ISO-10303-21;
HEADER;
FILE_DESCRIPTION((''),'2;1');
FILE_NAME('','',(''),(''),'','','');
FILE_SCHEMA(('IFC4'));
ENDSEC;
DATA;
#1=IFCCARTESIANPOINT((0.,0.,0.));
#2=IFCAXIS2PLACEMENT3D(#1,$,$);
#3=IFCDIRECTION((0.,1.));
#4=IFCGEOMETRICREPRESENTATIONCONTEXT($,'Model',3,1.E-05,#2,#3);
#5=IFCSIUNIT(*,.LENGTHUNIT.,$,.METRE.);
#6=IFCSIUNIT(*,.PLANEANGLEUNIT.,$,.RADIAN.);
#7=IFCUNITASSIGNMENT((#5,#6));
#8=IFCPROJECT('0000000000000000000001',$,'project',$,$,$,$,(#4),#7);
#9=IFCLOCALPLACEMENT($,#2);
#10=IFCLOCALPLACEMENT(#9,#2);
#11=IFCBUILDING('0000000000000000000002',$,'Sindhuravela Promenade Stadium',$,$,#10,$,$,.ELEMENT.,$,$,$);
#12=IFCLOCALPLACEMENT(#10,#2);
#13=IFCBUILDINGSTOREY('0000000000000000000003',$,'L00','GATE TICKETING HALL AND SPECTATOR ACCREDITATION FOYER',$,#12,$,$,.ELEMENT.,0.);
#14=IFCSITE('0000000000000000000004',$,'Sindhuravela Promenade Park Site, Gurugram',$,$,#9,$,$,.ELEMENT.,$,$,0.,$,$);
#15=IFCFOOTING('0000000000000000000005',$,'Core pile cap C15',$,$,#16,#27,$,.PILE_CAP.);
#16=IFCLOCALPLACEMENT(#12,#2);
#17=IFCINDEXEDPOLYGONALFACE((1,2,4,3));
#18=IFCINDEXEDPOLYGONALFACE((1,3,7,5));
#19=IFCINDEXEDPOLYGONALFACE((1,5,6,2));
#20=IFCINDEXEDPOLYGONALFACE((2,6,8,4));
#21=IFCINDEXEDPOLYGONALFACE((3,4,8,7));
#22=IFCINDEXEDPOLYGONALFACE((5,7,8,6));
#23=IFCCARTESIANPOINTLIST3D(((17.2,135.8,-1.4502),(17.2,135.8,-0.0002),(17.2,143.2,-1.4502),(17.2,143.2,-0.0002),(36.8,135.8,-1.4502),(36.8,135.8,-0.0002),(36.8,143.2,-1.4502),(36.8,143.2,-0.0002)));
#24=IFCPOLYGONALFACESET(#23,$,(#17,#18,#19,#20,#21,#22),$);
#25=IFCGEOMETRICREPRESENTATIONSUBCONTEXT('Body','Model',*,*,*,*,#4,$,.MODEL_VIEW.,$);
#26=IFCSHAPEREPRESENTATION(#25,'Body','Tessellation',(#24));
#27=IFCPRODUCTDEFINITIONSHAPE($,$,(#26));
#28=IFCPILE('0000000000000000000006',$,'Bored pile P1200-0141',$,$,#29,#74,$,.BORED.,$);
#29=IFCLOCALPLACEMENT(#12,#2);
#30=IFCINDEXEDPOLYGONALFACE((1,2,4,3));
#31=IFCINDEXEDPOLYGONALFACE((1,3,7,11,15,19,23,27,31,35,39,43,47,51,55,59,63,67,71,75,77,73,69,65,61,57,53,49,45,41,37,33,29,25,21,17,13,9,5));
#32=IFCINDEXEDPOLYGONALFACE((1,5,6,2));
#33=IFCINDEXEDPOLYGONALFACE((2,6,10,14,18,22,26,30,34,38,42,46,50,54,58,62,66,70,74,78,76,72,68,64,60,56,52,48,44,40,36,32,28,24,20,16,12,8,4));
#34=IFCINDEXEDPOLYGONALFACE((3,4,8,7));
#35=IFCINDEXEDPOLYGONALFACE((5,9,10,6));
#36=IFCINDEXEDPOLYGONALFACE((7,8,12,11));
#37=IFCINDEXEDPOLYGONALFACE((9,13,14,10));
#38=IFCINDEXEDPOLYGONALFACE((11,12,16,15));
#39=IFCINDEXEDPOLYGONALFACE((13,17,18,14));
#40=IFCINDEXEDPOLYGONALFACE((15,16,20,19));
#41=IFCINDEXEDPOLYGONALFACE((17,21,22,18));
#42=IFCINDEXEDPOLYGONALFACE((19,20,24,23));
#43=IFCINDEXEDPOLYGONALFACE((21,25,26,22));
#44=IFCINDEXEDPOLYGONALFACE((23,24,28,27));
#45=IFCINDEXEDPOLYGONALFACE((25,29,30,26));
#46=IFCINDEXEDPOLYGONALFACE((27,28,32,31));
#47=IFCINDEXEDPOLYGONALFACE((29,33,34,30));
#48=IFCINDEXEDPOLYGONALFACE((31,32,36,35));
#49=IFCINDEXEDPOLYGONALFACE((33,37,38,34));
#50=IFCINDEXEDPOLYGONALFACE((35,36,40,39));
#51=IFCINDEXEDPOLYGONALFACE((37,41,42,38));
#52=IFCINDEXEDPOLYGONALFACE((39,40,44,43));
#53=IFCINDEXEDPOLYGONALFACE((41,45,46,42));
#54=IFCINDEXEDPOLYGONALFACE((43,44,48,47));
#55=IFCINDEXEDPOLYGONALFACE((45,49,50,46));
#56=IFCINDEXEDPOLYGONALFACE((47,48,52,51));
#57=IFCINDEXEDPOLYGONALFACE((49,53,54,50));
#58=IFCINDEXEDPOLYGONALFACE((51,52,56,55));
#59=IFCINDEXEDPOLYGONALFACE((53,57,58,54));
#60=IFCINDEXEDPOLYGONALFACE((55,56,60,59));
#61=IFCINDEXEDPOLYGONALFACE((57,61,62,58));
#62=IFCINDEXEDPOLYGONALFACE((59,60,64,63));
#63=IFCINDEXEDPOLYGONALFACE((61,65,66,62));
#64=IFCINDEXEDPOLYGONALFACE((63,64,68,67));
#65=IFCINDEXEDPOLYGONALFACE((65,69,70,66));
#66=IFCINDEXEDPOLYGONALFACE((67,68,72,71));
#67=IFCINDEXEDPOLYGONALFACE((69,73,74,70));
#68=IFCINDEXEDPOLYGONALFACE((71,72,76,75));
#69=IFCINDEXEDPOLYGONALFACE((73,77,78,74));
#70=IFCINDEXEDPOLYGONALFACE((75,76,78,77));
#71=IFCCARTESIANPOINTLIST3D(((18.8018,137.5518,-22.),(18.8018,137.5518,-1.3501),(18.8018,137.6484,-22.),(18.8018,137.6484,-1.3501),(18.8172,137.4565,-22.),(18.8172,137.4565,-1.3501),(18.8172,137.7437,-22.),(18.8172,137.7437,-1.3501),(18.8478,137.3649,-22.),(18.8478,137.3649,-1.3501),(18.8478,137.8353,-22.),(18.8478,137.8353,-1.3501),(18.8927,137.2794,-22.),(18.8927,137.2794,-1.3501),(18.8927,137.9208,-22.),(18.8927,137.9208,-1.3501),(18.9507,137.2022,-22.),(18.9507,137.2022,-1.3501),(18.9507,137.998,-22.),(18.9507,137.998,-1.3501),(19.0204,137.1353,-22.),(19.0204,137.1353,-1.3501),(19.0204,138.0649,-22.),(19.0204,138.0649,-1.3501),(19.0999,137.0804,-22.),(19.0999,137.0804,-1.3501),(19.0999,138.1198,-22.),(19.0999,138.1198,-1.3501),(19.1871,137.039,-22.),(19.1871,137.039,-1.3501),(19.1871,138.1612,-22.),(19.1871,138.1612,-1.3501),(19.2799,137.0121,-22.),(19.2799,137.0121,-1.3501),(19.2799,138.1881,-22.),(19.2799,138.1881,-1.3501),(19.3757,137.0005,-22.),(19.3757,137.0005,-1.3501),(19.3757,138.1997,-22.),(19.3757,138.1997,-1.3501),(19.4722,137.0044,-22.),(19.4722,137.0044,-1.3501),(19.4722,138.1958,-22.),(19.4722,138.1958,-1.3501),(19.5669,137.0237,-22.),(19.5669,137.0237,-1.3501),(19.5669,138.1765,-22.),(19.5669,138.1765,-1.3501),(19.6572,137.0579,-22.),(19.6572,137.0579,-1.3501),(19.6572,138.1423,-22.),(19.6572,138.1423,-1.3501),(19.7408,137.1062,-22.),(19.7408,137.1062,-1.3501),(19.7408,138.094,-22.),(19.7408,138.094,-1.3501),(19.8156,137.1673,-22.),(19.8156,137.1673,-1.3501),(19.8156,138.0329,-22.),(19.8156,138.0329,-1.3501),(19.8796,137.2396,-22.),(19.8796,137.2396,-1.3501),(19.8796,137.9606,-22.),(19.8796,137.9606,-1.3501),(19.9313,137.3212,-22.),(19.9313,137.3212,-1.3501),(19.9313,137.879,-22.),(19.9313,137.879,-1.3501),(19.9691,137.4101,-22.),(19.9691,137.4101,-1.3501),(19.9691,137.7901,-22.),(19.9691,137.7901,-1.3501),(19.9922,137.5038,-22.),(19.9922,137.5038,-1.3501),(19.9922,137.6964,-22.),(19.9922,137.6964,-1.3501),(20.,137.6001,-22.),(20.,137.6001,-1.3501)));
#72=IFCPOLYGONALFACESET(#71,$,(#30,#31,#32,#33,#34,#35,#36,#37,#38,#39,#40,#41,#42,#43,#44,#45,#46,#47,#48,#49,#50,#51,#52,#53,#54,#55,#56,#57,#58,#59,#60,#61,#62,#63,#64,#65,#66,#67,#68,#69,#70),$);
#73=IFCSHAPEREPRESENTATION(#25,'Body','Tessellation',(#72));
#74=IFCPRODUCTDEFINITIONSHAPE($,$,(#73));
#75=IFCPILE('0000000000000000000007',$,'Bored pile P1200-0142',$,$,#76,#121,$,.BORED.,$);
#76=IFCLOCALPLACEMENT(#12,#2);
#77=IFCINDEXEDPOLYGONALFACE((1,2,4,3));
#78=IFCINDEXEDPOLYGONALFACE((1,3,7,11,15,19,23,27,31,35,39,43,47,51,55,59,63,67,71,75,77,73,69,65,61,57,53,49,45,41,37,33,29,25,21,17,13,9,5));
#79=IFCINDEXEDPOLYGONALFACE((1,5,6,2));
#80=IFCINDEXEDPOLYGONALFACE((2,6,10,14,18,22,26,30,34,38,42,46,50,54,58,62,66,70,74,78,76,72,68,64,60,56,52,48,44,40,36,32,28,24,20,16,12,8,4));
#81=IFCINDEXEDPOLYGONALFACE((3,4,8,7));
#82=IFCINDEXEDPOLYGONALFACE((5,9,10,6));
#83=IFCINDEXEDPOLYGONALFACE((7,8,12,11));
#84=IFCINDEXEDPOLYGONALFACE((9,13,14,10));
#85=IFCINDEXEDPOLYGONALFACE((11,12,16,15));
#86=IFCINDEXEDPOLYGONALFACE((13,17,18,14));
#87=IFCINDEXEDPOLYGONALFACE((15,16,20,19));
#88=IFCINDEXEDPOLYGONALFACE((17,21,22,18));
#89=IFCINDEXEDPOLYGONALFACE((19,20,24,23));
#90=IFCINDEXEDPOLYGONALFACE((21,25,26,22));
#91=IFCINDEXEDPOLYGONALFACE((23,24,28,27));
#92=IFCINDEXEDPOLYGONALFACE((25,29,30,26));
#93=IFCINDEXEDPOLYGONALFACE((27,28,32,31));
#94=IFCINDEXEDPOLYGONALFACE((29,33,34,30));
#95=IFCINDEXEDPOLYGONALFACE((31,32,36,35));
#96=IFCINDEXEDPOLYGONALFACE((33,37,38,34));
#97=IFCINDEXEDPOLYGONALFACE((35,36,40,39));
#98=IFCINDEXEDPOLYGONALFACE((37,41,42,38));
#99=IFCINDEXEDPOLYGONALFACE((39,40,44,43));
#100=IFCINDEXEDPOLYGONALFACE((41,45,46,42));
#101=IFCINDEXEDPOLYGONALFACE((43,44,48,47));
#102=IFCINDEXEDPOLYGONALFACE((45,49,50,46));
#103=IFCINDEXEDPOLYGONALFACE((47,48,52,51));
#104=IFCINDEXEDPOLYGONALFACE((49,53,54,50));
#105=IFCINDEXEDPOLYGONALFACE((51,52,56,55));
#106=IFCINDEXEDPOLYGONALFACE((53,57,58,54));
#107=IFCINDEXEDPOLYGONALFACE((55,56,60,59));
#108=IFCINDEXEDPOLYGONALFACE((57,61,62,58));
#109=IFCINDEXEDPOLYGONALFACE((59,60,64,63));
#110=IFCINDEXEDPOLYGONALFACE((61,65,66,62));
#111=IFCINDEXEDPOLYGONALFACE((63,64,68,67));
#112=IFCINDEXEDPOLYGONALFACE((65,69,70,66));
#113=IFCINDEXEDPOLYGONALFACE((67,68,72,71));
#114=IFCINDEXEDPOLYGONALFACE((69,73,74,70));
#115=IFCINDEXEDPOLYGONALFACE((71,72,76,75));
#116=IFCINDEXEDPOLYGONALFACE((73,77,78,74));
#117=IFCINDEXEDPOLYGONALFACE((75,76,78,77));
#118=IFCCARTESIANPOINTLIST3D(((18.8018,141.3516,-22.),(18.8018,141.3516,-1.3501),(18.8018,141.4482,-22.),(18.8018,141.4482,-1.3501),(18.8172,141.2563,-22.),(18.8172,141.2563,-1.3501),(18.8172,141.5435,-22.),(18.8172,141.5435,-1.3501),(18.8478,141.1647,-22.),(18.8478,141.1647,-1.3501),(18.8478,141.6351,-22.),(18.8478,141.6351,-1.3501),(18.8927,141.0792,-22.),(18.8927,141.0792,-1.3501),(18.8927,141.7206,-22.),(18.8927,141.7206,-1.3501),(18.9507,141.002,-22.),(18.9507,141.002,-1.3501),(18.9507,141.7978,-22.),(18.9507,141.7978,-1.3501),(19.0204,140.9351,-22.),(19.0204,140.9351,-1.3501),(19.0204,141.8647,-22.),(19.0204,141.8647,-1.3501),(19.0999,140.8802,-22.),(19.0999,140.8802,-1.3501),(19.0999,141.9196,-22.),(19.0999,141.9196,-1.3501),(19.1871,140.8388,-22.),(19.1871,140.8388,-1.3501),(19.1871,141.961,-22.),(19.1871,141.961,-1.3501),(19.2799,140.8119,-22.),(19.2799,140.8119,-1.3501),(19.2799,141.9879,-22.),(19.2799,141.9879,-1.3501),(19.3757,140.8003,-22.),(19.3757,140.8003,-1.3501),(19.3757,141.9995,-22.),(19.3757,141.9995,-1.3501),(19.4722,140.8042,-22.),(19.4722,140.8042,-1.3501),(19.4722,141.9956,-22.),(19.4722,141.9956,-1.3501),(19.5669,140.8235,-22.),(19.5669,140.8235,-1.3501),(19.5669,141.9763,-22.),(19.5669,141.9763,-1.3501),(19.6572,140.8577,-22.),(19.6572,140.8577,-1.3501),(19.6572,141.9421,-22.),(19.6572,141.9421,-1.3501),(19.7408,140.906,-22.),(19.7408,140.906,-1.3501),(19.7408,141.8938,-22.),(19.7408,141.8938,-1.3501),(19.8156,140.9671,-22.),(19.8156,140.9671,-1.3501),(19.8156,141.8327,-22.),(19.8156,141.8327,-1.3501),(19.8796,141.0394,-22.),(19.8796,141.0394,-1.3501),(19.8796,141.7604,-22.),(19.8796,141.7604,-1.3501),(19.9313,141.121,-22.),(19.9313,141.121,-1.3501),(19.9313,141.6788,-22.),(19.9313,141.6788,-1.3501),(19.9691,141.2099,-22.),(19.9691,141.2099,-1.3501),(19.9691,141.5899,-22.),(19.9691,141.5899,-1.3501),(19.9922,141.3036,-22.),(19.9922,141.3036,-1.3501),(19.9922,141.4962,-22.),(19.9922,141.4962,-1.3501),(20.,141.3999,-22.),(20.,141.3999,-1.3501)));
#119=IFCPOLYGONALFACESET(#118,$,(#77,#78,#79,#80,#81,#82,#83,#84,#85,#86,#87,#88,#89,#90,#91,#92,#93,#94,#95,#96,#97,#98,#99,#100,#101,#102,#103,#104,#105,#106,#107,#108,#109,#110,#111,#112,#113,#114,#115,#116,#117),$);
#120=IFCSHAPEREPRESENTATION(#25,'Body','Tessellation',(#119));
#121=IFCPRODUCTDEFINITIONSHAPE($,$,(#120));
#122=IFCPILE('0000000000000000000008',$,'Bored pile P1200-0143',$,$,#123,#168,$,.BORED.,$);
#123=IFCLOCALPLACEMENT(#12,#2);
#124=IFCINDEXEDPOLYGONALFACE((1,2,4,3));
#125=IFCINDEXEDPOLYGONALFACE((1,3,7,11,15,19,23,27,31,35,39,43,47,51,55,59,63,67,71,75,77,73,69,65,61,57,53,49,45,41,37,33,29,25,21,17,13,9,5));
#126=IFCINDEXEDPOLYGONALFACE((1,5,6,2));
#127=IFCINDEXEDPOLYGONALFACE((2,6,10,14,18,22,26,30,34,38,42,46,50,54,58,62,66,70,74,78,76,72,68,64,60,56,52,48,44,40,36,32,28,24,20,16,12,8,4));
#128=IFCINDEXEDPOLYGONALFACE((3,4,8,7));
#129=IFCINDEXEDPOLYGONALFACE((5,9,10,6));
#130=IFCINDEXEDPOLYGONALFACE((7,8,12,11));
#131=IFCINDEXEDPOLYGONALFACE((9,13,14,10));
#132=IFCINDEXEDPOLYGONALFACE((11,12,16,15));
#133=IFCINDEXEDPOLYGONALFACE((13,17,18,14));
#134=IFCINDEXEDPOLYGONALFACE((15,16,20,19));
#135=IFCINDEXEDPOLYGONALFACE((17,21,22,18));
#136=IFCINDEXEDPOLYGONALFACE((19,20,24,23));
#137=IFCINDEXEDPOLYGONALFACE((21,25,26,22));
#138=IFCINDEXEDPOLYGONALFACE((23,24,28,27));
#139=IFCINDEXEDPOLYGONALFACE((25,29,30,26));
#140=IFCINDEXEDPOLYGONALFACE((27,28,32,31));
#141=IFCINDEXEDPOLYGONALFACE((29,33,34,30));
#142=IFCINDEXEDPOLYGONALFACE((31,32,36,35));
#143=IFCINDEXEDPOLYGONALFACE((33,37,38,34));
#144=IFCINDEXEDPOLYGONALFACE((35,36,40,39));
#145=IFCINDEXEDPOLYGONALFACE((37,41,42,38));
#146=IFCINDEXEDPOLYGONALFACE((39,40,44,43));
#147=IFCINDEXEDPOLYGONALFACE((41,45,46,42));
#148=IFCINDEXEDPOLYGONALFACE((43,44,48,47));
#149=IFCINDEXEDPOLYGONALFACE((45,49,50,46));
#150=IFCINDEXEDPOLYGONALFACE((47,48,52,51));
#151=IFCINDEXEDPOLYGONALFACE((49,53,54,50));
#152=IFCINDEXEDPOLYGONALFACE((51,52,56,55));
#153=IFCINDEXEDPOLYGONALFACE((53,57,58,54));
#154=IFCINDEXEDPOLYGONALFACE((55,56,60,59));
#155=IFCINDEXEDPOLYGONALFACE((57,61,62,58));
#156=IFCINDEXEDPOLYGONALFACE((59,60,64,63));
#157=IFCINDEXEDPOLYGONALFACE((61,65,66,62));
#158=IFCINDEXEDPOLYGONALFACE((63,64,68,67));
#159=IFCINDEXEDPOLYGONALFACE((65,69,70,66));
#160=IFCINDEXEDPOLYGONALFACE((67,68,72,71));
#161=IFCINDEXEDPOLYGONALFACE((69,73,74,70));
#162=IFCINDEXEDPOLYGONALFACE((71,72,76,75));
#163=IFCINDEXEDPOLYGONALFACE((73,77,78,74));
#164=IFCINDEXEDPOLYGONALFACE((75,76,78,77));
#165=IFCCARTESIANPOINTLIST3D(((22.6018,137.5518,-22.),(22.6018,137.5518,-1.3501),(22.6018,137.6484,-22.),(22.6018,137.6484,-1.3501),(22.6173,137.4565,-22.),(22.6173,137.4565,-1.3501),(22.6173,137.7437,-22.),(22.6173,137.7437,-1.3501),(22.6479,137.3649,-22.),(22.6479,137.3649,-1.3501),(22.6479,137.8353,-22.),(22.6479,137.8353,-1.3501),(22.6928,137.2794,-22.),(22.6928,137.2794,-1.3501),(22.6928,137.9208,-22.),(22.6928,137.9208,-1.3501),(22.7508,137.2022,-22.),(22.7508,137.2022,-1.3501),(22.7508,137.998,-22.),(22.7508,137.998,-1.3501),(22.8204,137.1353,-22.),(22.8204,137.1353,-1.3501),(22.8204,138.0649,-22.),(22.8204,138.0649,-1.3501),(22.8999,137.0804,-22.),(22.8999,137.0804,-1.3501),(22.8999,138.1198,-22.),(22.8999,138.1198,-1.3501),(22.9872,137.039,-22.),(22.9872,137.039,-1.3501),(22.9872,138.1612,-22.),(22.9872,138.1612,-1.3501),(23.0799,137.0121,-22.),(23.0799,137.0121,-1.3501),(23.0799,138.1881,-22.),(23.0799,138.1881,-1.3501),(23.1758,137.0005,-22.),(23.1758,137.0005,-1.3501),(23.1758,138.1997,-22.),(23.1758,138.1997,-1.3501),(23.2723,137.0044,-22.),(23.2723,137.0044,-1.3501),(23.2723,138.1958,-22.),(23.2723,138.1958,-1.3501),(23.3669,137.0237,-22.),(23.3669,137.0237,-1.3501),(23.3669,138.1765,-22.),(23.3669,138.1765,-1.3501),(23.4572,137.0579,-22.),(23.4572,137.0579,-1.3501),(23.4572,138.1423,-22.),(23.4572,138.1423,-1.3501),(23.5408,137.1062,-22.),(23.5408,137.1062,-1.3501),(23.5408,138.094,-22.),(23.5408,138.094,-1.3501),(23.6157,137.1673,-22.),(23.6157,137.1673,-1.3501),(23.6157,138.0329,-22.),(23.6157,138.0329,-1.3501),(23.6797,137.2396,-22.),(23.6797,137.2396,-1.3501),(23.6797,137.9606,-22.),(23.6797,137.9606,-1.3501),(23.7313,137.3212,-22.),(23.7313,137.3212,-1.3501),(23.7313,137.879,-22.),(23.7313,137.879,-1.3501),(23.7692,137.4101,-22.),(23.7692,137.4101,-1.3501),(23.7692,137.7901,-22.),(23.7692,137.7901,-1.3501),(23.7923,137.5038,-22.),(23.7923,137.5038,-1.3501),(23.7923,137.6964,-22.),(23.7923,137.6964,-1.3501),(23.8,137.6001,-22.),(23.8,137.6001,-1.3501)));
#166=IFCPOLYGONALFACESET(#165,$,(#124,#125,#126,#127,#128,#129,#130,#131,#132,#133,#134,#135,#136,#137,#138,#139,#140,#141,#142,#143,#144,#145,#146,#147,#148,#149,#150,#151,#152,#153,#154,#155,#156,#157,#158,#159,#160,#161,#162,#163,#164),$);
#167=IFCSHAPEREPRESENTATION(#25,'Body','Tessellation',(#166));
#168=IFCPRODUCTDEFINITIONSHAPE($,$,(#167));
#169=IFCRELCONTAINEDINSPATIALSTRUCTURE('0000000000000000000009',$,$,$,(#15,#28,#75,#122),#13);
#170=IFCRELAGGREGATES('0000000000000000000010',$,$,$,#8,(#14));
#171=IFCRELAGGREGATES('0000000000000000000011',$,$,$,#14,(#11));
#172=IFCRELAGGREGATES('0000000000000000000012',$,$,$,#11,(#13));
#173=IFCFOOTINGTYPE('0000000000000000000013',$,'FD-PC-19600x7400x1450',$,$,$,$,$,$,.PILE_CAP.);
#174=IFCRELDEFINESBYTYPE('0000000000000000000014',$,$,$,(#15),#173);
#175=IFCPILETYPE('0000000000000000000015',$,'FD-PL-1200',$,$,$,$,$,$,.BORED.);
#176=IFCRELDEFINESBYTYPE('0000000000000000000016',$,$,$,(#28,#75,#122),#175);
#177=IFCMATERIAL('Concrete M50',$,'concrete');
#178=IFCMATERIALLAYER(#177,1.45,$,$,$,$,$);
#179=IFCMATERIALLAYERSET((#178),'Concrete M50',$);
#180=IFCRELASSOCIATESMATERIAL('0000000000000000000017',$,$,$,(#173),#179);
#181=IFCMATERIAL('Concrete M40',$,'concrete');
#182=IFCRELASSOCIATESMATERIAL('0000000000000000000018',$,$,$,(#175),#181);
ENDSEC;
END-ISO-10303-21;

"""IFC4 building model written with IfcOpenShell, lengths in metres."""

from ifc_helpers import new_model, si_unit, direction, frame, origin, origin_2d, place, context, subcontext, project, spatial, rectangle, circle, extrude, material, layer, layer_set, material_profile, profile_set, type_object, element, save


model = new_model("IFC4")

# Units and contexts
model_context = context("Model", 3, precision=1e-05, world=origin(), true_north=direction((0.0, 1.0)))
body_context = subcontext(model_context, "Body", "Model", "MODEL_VIEW")
ifc_project = project(units=[si_unit("LENGTHUNIT", "METRE"), si_unit("PLANEANGLEUNIT", "RADIAN")], contexts=[model_context])

# Site, building, storey
site_placement = place(None, origin())
site = spatial("IfcSite", under=ifc_project, at=site_placement, Name="Sindhuravela Promenade Park Site, Gurugram", CompositionType="ELEMENT", RefElevation=0.0)
building_placement = place(site_placement, origin())
building = spatial("IfcBuilding", under=site, at=building_placement, Name="Sindhuravela Promenade Stadium", CompositionType="ELEMENT")
storey_placement = place(building_placement, origin())
storey = spatial("IfcBuildingStorey", under=building, at=storey_placement, Name="L00", Description="GATE TICKETING HALL AND SPECTATOR ACCREDITATION FOYER", CompositionType="ELEMENT", Elevation=0.0)

# Footing
ifc_material_1 = material(Name="Concrete M50", Category="concrete")
ifc_layer_1 = layer(ifc_material_1, 1.45)
ifc_layer_set_1 = layer_set([ifc_layer_1], Name="Concrete M50")
footing_type = type_object("IfcFootingType", Name="FD-PC-19600x7400x1450", PredefinedType="PILE_CAP", material=ifc_layer_set_1)
footing_placement = place(storey_placement, frame((27.0, 139.5, -1.4502), z_axis=(0.0, 0.0, 1.0), x_axis=(1.0, 0.0, 0.0)))
element("IfcFooting", 1, at=footing_placement, inside=storey, type_object=footing_type, Name="Core pile cap C15", PredefinedType="PILE_CAP", context=body_context, shape_type="SweptSolid", body=[
    extrude(rectangle(XDim=19.6001, YDim=7.3999, at=origin_2d()), origin(), (0.0, 0.0, 1.0), 1.45),
])

# Piles
ifc_material_2 = material(Name="Concrete M40", Category="concrete")
ifc_material_profile_1 = material_profile(ifc_material_2, circle(Radius=0.6001, at=origin_2d()), Name="BORED PILE D1200")
ifc_profile_set_1 = profile_set([ifc_material_profile_1], Name="Concrete M40")
pile_type = type_object("IfcPileType", Name="FD-PL-1200", PredefinedType="BORED", material=ifc_profile_set_1)
for number, where, z_axis, x_axis, name in (
    (2, (19.3999, 137.6001, -1.3501), (0.0, 0.0, -1.0), (1.0, 0.0, 0.0), "Bored pile P1200-0141"),
    (3, (19.3999, 141.3999, -1.3501), (0.0, 0.0, -1.0), (1.0, 0.0, 0.0), "Bored pile P1200-0142"),
    (4, (23.2, 137.6001, -1.3501), (0.0, 0.0, -1.0), (1.0, 0.0, 0.0), "Bored pile P1200-0143"),
):
    element("IfcPile", number, at=place(storey_placement, frame(where, z_axis=z_axis, x_axis=x_axis)), inside=storey, type_object=pile_type, Name=name, PredefinedType="BORED", context=body_context, shape_type="SweptSolid", body=[
        extrude(circle(Radius=0.6001, at=origin_2d()), origin(), (0.0, 0.0, 1.0), 20.6499),
    ])

save(model, "model.ifc")
